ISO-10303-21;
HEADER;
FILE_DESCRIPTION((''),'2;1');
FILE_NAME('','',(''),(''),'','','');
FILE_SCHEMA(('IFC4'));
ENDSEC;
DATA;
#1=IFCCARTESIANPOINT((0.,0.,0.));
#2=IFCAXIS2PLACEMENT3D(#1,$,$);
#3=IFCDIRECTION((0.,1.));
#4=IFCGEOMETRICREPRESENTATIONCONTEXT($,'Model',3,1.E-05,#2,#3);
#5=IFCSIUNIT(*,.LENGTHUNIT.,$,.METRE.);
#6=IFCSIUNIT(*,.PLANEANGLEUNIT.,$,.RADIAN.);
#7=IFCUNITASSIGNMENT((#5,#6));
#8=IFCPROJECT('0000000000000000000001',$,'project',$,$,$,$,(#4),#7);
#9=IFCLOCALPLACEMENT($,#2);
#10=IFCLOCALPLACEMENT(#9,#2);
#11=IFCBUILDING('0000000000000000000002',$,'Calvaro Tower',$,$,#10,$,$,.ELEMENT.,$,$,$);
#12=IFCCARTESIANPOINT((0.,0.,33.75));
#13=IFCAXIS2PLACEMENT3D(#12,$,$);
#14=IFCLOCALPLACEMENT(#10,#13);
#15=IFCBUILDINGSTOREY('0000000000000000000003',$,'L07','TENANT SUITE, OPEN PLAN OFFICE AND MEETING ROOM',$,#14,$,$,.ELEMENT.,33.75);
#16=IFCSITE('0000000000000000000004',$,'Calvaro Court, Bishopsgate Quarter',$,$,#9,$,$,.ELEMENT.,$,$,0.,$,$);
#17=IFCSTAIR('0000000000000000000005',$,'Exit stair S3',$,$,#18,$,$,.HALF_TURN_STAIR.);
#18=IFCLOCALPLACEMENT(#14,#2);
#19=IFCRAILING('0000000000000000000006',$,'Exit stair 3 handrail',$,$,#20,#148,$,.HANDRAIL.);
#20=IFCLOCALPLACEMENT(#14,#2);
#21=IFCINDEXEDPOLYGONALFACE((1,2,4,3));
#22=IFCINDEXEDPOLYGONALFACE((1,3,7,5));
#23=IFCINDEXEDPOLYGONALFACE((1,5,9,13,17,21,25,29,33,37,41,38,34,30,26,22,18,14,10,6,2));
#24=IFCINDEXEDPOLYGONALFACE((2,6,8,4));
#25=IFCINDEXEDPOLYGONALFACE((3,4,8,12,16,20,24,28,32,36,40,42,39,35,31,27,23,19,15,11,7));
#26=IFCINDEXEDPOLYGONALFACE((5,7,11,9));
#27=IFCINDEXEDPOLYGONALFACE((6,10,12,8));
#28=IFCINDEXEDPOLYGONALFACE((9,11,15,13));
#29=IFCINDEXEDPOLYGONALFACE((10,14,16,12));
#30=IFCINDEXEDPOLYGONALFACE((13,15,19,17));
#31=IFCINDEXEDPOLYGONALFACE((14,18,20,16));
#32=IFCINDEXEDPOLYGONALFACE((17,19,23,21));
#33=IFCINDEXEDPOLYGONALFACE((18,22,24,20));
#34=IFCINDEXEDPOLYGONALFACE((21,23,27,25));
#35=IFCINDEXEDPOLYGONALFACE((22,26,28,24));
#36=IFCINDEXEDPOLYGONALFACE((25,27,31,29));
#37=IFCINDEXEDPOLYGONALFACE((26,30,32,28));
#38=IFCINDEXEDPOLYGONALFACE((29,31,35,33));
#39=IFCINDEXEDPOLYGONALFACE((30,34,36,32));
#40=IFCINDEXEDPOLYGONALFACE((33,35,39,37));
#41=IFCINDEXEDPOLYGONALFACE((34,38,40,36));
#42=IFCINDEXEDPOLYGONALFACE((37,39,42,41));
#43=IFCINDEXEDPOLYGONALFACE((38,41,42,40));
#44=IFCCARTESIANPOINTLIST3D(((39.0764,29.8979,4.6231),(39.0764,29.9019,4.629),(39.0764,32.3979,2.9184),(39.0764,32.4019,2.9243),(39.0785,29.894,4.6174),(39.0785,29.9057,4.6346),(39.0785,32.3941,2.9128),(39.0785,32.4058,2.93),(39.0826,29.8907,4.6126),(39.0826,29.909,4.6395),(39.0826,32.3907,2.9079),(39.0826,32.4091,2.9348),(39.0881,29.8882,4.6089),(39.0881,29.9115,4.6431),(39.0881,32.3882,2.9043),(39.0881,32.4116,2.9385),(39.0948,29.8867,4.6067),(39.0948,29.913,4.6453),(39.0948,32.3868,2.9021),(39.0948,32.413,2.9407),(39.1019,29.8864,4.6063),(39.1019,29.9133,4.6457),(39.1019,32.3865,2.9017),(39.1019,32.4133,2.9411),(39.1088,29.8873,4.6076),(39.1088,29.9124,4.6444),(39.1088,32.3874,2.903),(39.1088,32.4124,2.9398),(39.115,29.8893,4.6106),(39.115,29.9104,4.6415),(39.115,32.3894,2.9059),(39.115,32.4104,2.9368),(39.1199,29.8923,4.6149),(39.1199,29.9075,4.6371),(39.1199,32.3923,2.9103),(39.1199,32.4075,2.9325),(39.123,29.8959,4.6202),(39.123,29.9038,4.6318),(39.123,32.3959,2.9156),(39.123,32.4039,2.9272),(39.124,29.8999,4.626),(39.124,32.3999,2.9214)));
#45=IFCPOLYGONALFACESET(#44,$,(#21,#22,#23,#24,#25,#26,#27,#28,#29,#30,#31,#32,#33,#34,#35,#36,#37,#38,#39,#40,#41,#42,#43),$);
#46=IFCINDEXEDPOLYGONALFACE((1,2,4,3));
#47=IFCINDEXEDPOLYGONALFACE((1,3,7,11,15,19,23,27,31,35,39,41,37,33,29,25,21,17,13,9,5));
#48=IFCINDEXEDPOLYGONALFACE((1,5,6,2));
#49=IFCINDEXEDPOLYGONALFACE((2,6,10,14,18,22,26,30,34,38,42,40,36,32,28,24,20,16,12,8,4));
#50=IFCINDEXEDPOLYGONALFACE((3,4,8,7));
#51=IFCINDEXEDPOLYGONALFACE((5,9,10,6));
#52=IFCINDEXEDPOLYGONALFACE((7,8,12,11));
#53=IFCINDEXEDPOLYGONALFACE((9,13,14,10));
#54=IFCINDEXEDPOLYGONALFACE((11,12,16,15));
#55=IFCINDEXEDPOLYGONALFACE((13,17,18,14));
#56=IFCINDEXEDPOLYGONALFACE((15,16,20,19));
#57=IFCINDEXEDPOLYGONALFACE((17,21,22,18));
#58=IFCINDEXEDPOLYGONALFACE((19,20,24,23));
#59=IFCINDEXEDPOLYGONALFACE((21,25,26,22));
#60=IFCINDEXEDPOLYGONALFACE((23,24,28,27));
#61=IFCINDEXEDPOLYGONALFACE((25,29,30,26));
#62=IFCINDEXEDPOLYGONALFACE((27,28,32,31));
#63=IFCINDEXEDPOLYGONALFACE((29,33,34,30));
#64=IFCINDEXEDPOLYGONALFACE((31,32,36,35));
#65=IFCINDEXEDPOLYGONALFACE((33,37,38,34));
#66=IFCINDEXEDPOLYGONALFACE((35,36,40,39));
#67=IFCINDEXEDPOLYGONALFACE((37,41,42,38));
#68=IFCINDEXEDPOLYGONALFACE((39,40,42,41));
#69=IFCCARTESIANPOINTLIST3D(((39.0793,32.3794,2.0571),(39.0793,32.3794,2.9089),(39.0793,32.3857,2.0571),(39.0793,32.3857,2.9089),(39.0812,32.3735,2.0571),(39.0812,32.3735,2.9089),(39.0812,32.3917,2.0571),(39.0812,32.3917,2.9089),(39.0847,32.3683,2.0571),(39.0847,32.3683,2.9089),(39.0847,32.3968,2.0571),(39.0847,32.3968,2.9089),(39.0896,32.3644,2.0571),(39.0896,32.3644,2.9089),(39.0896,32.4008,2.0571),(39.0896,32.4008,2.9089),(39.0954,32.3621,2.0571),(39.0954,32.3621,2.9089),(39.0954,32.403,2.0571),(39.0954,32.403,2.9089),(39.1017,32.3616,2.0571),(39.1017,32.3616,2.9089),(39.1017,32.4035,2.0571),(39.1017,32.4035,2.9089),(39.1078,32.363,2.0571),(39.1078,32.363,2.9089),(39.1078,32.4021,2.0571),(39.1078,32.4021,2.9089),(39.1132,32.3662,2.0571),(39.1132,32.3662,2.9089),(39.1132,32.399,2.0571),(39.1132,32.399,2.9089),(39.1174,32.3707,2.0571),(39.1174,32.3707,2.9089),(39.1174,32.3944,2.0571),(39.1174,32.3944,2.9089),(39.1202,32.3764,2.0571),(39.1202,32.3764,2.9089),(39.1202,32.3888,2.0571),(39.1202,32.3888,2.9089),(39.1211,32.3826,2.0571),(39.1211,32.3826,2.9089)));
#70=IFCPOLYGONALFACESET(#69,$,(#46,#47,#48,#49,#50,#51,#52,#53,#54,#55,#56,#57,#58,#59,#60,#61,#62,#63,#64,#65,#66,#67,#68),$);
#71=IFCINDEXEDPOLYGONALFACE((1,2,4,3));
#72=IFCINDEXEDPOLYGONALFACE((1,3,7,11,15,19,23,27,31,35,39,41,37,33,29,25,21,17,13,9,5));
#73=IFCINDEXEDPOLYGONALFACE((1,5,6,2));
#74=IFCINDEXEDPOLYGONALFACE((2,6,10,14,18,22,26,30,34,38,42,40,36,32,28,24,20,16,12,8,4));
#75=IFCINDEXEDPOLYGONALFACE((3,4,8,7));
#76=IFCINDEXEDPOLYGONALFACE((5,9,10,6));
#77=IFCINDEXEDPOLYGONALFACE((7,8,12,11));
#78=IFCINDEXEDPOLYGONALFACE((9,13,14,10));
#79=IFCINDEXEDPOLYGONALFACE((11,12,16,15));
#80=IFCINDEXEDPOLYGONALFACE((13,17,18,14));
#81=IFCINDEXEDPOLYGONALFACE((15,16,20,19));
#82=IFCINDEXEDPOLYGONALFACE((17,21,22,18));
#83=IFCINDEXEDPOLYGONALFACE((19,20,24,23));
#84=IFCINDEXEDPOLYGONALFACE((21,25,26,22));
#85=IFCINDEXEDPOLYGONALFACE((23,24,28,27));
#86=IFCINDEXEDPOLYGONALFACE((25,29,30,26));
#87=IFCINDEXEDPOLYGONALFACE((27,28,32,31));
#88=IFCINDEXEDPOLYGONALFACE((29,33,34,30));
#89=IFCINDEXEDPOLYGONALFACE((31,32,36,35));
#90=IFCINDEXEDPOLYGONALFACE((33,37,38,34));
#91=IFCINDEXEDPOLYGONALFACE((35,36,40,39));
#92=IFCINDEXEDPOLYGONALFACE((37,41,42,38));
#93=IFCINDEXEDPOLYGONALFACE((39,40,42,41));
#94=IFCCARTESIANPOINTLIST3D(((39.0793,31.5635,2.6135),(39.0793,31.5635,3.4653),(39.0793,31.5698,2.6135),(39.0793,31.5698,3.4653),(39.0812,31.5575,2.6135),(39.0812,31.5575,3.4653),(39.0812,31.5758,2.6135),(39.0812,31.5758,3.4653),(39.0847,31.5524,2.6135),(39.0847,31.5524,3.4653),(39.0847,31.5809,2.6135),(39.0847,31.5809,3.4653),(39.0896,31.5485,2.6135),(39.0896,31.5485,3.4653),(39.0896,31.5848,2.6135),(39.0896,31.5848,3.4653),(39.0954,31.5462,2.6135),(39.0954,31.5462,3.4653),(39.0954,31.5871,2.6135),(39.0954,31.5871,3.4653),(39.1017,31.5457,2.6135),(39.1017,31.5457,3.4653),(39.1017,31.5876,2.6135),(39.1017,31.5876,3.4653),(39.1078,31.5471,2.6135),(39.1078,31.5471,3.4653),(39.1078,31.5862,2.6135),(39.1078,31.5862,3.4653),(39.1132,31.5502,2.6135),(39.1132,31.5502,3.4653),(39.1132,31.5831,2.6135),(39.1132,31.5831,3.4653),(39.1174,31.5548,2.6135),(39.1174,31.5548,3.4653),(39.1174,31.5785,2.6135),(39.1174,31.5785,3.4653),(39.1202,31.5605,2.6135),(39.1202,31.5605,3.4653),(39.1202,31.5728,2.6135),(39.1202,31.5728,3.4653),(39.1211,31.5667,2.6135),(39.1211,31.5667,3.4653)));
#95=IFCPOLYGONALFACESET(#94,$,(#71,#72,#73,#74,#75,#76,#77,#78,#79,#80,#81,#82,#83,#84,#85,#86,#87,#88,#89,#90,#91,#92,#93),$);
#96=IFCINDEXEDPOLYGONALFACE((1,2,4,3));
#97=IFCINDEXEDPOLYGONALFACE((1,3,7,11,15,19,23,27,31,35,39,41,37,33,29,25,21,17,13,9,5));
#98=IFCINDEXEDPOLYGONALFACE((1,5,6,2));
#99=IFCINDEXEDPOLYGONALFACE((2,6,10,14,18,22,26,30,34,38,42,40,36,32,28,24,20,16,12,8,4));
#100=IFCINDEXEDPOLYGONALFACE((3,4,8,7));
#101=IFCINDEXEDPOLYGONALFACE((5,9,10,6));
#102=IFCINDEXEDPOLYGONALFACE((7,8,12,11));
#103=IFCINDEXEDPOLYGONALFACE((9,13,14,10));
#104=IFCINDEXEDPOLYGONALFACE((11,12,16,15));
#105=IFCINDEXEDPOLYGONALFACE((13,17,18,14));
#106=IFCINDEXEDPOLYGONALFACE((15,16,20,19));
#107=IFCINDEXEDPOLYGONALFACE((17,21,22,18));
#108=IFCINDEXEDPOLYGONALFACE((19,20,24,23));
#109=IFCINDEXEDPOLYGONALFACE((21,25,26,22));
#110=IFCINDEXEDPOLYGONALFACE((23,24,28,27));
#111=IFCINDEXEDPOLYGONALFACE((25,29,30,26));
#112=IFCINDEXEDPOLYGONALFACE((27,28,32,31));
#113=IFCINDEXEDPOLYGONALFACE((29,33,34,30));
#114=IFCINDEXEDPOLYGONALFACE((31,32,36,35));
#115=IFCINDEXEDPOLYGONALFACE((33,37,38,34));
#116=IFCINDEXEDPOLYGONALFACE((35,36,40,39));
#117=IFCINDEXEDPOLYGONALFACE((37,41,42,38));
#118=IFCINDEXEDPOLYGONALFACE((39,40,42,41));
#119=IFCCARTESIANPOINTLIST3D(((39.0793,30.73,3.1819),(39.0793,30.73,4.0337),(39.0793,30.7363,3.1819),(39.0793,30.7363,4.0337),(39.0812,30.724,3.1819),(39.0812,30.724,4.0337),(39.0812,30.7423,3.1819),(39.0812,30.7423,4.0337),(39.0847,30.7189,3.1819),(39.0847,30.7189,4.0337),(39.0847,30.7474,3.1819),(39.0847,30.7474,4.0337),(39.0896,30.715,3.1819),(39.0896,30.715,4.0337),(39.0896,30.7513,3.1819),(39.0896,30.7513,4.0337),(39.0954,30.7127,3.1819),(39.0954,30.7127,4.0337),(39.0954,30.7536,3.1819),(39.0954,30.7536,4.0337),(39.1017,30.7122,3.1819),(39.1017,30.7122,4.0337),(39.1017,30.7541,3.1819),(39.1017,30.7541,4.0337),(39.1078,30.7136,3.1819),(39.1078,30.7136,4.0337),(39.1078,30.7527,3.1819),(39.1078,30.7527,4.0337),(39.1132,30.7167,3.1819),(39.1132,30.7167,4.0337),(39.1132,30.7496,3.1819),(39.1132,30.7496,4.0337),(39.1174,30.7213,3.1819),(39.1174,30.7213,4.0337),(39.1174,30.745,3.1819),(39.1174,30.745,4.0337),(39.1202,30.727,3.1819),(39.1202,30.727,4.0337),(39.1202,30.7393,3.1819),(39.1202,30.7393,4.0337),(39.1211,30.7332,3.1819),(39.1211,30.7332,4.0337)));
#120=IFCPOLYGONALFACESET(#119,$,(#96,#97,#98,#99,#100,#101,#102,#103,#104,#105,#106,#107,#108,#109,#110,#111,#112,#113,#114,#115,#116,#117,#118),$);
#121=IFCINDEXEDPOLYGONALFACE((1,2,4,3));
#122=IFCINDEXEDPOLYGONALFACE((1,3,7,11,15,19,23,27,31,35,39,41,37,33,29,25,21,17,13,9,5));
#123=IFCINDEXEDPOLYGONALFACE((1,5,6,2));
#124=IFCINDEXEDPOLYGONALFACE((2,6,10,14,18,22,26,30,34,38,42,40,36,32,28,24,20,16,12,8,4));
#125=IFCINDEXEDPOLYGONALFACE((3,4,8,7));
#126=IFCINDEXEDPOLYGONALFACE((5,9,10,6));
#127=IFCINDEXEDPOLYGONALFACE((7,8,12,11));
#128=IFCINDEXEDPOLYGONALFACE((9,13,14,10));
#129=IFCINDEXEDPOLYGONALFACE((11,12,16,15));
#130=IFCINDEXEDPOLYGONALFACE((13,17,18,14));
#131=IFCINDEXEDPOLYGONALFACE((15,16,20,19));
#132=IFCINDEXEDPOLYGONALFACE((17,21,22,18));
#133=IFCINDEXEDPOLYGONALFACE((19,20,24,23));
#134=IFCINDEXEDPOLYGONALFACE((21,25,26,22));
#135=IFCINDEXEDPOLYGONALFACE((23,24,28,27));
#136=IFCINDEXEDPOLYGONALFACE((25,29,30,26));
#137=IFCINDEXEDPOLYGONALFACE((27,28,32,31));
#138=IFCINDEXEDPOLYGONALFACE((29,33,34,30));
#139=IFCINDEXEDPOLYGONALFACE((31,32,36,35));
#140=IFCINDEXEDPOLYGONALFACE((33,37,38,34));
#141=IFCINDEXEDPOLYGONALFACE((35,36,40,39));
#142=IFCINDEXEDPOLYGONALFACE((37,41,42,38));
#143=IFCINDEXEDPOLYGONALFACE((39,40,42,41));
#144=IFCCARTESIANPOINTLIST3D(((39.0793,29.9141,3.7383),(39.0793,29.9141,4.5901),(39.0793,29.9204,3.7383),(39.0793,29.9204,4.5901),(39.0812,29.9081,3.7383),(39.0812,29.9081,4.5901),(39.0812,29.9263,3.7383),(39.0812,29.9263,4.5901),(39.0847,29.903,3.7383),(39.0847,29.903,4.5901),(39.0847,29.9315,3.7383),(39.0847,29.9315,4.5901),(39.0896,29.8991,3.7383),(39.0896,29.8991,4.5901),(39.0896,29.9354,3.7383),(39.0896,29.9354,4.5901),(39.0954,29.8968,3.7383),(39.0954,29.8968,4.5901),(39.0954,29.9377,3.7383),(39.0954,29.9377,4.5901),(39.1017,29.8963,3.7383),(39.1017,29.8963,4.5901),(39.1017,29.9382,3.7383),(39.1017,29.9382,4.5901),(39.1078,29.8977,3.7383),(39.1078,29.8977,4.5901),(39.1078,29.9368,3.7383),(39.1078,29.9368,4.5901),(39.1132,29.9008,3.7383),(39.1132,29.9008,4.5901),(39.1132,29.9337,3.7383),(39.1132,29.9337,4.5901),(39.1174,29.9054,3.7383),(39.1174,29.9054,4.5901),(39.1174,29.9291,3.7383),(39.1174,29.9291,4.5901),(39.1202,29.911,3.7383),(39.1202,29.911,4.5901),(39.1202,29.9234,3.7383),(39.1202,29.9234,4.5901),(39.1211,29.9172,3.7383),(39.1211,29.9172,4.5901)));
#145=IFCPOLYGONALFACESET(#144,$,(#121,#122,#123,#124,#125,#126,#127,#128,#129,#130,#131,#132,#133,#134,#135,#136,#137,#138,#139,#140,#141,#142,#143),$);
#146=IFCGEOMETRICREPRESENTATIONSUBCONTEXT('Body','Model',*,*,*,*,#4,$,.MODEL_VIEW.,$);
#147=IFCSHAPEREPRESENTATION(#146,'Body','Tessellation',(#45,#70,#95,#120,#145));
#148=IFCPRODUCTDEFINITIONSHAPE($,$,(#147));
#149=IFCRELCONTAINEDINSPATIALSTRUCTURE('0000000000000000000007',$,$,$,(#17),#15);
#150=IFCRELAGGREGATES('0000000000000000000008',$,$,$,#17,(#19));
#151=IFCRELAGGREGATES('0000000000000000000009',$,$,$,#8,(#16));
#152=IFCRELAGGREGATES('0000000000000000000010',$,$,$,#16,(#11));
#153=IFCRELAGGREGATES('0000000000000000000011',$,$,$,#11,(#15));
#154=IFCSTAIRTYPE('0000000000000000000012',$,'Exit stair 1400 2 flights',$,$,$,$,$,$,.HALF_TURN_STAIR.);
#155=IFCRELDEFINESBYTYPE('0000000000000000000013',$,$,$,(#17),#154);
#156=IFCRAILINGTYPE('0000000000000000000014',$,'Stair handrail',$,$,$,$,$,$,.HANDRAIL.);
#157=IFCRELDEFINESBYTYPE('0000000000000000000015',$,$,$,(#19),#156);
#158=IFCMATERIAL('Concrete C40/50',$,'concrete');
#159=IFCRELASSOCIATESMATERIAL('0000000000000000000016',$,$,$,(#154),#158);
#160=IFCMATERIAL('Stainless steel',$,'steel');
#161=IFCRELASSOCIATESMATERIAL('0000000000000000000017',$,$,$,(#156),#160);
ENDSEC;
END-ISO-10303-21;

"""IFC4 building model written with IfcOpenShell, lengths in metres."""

from ifc_helpers import new_model, si_unit, direction, frame, origin, origin_2d, place, context, subcontext, project, spatial, circle, extrude, material, type_object, element, aggregate, save


model = new_model("IFC4")

# Units and contexts
model_context = context("Model", 3, precision=1e-05, world=origin(), true_north=direction((0.0, 1.0)))
body_context = subcontext(model_context, "Body", "Model", "MODEL_VIEW")
ifc_project = project(units=[si_unit("LENGTHUNIT", "METRE"), si_unit("PLANEANGLEUNIT", "RADIAN")], contexts=[model_context])

# Site, building, storey
site_placement = place(None, origin())
site = spatial("IfcSite", under=ifc_project, at=site_placement, Name="Calvaro Court, Bishopsgate Quarter", CompositionType="ELEMENT", RefElevation=0.0)
building_placement = place(site_placement, origin())
building = spatial("IfcBuilding", under=site, at=building_placement, Name="Calvaro Tower", CompositionType="ELEMENT")
storey_placement = place(building_placement, frame((0.0, 0.0, 33.75)))
storey = spatial("IfcBuildingStorey", under=building, at=storey_placement, Name="L07", Description="TENANT SUITE, OPEN PLAN OFFICE AND MEETING ROOM", CompositionType="ELEMENT", Elevation=33.75)

# Stair
ifc_material_1 = material(Name="Concrete C40/50", Category="concrete")
stair_type = type_object("IfcStairType", Name="Exit stair 1400 2 flights", PredefinedType="HALF_TURN_STAIR", material=ifc_material_1)
stair_1_placement = place(storey_placement, origin())
stair_1 = element("IfcStair", 1, at=stair_1_placement, inside=storey, type_object=stair_type, Name="Exit stair S3", PredefinedType="HALF_TURN_STAIR")

# Railing
ifc_material_2 = material(Name="Stainless steel", Category="steel")
railing_type = type_object("IfcRailingType", Name="Stair handrail", PredefinedType="HANDRAIL", material=ifc_material_2)
railing_1_placement = place(storey_placement, frame((39.1001, 32.3999, 2.0454)))
railing_1 = element("IfcRailing", 2, at=railing_1_placement, type_object=railing_type, Name="Exit stair 3 handrail", PredefinedType="HANDRAIL", context=body_context, shape_type="SweptSolid", body=[
    extrude(circle(Radius=0.0239, at=origin_2d()), frame((0.0, 0.0, 0.876), z_axis=(0.0, -0.826221, 0.563347), x_axis=(1.0, 0.0, 0.0)), (0.0, 0.0, 1.0), 3.0259),
    extrude(circle(Radius=0.021, at=origin_2d()), frame((0.0, -0.0173, 0.0117)), (0.0, 0.0, 1.0), 0.8518),
    extrude(circle(Radius=0.021, at=origin_2d()), frame((0.0, -0.8333, 0.5681)), (0.0, 0.0, 1.0), 0.8518),
    extrude(circle(Radius=0.021, at=origin_2d()), frame((0.0, -1.6667, 1.1365)), (0.0, 0.0, 1.0), 0.8518),
    extrude(circle(Radius=0.021, at=origin_2d()), frame((0.0, -2.4827, 1.6929)), (0.0, 0.0, 1.0), 0.8518),
])
aggregate(stair_1, [railing_1])

save(model, "model.ifc")
